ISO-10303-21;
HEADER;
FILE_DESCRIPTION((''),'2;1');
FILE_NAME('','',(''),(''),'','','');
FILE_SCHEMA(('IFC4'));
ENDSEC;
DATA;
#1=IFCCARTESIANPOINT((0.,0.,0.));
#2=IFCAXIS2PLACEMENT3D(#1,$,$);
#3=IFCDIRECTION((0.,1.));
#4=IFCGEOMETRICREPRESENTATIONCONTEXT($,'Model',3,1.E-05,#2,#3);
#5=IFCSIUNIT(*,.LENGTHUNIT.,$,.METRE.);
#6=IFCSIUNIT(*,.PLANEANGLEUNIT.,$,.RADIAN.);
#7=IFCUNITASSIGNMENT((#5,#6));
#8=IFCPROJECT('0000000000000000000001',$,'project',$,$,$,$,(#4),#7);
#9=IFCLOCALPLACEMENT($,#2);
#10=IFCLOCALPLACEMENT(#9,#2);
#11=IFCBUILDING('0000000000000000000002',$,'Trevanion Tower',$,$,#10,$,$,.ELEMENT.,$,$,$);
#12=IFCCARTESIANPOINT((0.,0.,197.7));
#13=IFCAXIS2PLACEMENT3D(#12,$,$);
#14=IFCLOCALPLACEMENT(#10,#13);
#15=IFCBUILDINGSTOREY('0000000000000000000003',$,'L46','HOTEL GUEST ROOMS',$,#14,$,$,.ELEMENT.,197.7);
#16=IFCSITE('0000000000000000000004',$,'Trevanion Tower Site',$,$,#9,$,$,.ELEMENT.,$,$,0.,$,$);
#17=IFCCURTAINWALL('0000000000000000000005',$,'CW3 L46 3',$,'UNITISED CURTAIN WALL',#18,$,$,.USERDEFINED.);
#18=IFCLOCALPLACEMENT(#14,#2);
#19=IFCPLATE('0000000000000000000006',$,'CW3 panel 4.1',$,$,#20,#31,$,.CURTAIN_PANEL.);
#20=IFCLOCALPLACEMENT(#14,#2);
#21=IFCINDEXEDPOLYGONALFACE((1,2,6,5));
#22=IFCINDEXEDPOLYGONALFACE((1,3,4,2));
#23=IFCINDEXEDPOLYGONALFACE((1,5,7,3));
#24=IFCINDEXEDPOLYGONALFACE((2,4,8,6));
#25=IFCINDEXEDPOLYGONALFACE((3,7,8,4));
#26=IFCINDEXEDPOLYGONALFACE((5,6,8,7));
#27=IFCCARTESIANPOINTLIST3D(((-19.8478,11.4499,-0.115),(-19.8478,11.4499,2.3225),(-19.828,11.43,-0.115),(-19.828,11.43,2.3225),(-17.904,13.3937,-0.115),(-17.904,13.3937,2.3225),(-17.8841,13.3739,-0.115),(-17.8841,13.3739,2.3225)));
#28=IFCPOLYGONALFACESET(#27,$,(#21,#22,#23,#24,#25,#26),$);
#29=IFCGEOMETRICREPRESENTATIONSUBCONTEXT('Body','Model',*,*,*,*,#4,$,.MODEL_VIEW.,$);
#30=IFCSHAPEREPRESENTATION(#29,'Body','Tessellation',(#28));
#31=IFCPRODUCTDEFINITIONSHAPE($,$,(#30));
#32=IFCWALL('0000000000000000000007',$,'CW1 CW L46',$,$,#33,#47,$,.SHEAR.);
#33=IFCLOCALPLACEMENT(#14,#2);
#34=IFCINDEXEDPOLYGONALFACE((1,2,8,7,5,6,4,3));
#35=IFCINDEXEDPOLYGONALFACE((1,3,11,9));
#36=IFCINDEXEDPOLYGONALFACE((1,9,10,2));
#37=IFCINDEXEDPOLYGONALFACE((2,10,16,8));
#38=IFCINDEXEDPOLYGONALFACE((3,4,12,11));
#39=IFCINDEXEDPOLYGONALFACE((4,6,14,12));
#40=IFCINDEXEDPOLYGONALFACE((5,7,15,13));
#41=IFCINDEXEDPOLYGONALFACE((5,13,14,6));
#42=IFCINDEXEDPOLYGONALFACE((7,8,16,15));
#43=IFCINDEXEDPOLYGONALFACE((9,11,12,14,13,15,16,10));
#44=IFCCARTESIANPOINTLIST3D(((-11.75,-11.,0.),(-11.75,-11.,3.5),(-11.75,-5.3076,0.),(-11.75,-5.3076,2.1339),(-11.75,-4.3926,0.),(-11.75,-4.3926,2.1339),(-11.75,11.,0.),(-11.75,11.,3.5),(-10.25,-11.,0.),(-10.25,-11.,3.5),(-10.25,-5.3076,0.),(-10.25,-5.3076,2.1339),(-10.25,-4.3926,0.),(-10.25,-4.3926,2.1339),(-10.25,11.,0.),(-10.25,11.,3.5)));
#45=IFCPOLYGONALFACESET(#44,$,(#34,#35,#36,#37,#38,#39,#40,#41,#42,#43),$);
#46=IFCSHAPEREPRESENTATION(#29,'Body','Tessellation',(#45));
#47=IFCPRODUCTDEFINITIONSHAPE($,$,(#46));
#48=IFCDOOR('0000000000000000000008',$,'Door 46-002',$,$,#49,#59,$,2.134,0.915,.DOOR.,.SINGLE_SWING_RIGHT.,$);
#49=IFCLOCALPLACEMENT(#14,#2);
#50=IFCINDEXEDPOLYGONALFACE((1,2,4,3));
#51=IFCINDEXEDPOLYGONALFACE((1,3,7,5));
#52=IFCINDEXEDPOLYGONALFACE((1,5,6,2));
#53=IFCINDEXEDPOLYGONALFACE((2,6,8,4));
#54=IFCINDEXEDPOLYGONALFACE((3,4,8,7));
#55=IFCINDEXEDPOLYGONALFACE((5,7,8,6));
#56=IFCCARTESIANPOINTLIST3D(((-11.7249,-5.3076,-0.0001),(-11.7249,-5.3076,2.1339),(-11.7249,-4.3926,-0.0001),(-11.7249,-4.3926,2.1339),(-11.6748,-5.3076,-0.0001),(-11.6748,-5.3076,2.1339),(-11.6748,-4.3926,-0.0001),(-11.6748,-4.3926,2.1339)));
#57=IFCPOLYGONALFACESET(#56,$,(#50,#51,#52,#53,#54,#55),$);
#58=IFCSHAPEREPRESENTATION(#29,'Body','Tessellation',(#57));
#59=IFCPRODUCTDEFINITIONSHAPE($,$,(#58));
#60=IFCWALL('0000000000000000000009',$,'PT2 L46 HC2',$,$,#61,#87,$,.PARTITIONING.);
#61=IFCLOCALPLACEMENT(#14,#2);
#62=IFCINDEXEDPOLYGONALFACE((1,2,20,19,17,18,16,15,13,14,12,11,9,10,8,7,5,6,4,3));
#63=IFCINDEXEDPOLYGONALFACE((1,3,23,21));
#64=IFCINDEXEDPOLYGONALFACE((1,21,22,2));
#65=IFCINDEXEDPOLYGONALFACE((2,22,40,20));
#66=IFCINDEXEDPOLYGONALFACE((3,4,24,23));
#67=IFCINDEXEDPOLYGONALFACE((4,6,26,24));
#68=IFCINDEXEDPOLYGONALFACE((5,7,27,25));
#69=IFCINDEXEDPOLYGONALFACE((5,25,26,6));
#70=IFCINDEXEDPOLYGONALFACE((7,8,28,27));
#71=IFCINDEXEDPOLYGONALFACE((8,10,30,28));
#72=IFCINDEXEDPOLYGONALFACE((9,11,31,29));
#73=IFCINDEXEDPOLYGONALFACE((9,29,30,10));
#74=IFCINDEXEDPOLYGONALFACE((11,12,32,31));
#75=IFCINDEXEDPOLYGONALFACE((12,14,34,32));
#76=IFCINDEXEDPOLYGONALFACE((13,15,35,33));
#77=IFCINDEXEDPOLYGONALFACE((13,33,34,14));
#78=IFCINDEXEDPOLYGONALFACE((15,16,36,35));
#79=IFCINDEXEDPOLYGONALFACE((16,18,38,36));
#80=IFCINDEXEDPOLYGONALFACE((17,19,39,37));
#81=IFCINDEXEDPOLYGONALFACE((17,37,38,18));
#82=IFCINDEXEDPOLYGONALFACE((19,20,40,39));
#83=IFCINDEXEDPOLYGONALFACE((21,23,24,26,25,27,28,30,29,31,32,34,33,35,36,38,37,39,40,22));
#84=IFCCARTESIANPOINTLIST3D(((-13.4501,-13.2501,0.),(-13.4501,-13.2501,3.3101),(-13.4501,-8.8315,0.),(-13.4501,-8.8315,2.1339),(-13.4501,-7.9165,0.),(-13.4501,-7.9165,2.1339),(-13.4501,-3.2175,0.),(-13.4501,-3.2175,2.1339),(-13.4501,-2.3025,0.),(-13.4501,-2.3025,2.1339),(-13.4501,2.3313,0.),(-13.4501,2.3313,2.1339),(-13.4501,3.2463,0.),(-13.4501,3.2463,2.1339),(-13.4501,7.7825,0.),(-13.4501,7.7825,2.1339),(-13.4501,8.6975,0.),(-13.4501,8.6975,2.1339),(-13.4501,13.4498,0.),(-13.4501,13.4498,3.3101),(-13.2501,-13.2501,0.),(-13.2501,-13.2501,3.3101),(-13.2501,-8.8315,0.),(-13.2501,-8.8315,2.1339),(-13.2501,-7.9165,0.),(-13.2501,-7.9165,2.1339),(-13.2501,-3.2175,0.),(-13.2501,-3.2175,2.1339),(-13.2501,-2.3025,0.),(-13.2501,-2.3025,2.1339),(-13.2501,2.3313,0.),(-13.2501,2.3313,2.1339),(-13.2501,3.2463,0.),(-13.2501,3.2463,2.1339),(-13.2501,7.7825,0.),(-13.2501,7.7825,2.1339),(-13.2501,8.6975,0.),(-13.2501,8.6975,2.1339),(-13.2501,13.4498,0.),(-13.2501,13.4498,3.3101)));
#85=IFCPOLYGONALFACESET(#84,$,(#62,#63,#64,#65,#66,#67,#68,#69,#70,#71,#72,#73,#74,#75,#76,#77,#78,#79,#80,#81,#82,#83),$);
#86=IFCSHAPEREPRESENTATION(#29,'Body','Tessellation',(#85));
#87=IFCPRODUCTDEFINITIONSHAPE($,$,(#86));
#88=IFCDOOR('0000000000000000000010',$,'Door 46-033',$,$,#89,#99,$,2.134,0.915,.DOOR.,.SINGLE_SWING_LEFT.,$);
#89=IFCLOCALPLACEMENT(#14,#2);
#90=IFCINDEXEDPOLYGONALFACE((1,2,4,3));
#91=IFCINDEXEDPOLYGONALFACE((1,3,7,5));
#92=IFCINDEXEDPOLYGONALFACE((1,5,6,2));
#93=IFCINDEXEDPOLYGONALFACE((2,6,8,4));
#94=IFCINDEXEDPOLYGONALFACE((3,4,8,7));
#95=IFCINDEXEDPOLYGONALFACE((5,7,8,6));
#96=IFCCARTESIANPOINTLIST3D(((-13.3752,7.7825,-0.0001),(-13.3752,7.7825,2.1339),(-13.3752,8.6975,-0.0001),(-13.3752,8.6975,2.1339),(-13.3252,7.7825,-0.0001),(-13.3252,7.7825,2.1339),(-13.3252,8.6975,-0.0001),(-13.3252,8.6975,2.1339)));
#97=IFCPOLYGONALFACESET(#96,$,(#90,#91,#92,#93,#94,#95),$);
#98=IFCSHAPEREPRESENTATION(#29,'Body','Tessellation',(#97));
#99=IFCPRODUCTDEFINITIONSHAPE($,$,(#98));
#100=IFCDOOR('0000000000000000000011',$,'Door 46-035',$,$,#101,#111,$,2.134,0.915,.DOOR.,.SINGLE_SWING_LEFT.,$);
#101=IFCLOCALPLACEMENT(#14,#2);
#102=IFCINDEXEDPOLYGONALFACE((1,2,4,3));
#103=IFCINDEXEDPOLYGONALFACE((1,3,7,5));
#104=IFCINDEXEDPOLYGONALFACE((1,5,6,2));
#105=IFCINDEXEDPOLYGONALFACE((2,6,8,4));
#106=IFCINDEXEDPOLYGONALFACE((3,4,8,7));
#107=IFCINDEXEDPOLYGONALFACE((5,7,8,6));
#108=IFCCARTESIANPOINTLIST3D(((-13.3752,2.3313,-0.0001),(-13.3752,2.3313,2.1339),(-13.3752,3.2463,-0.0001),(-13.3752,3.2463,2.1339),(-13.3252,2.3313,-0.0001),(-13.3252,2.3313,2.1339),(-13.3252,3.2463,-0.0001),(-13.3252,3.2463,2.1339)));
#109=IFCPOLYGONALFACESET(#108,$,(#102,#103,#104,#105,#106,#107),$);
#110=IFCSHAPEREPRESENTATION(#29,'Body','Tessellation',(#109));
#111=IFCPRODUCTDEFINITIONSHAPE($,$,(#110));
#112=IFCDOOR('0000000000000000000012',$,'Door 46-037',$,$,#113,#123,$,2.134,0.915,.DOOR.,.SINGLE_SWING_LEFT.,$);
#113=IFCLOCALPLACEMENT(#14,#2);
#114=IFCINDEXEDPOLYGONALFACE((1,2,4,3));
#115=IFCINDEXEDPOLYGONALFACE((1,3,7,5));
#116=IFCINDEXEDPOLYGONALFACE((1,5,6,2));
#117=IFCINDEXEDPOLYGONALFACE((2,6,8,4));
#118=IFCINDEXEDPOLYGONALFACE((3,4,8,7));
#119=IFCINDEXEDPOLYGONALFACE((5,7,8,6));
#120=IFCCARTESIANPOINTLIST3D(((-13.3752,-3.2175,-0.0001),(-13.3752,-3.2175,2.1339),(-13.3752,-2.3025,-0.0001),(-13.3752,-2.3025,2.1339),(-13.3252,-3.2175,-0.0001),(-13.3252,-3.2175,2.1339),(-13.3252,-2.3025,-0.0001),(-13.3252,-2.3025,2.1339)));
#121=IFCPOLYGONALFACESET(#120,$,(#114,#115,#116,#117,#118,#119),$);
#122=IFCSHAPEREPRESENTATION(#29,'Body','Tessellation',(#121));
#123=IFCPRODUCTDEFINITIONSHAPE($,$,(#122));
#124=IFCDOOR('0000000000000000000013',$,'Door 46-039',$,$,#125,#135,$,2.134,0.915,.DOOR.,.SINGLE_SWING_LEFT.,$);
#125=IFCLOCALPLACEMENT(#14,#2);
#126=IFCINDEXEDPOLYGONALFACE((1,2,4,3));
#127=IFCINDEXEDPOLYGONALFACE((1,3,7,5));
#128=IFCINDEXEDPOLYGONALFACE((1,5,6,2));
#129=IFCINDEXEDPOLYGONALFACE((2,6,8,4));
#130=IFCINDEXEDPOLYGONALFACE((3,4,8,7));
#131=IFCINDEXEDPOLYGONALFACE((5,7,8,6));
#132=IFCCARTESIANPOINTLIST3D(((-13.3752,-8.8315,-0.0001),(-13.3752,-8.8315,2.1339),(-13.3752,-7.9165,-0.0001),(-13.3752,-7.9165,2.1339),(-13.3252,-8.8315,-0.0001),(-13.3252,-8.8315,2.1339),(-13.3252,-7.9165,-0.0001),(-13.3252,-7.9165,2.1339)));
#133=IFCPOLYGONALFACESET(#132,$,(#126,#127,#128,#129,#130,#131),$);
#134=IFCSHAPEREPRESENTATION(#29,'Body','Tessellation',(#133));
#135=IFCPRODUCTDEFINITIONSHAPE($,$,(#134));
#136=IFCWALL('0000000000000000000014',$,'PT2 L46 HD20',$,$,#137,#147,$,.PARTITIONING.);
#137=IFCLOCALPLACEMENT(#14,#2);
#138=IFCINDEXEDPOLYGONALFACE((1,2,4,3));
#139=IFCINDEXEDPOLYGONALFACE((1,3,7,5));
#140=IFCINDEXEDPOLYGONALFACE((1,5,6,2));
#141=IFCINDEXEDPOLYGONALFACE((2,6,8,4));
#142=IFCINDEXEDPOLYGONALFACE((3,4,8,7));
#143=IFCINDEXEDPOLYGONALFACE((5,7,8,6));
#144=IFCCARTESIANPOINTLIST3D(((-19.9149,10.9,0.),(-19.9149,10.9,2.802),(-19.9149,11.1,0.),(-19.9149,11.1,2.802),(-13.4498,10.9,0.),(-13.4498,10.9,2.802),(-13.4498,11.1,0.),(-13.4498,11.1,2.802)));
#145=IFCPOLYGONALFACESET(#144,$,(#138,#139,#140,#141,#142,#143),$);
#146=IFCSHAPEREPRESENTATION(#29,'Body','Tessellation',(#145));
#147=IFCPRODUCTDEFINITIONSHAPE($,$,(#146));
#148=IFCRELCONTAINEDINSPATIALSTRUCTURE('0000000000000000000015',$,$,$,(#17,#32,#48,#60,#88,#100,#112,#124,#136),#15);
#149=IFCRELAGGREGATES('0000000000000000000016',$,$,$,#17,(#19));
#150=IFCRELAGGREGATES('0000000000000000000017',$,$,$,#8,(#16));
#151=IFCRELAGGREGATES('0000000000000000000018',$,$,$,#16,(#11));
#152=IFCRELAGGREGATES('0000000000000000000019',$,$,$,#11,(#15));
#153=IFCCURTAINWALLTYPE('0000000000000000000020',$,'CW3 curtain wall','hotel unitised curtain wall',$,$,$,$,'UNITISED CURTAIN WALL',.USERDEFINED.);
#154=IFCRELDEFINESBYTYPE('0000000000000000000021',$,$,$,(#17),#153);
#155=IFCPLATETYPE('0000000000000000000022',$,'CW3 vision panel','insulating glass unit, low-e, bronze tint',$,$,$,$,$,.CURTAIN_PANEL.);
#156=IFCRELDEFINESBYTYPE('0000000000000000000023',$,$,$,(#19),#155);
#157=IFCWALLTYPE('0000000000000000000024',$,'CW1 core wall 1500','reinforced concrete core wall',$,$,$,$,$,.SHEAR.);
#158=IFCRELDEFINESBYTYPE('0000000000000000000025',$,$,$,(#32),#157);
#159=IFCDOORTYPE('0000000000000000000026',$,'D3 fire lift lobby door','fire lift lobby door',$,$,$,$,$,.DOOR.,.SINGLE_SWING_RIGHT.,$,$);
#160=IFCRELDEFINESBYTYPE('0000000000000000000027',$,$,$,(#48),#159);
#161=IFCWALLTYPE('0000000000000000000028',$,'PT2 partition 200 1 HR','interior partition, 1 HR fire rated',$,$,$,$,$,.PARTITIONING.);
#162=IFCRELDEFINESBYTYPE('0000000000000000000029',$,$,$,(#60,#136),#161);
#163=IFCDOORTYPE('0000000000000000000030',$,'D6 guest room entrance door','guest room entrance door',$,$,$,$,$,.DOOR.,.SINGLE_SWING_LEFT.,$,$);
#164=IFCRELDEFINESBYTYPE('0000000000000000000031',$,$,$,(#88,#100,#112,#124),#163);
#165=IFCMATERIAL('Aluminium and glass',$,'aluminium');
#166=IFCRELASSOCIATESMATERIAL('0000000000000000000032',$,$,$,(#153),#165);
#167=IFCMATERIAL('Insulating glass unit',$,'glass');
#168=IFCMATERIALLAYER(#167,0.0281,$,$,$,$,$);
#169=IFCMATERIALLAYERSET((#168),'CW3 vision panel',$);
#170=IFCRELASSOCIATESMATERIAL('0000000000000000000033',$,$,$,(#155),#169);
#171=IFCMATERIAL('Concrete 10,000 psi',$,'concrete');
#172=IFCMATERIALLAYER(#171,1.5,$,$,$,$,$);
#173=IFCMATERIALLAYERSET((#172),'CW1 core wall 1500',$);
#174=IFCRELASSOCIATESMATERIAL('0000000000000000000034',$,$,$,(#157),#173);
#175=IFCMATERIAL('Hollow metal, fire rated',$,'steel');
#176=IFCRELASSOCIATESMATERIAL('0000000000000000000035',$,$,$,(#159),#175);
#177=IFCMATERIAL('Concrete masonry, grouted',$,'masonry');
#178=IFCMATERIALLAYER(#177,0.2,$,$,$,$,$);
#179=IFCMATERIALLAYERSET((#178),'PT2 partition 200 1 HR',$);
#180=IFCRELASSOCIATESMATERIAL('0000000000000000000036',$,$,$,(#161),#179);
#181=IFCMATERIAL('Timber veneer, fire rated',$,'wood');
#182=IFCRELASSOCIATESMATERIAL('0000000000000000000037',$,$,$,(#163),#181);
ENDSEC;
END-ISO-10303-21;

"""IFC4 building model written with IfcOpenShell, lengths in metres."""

from ifc_helpers import new_model, si_unit, direction, frame, frame_2d, origin, origin_2d, place, context, subcontext, project, spatial, rectangle, extrude, material, layer, layer_set, type_object, element, fill, aggregate, save


model = new_model("IFC4")

# Units and contexts
model_context = context("Model", 3, precision=1e-05, world=origin(), true_north=direction((0.0, 1.0)))
body_context = subcontext(model_context, "Body", "Model", "MODEL_VIEW")
ifc_project = project(units=[si_unit("LENGTHUNIT", "METRE"), si_unit("PLANEANGLEUNIT", "RADIAN")], contexts=[model_context])

# Site, building, storey
site_placement = place(None, origin())
site = spatial("IfcSite", under=ifc_project, at=site_placement, Name="Trevanion Tower Site", CompositionType="ELEMENT", RefElevation=0.0)
building_placement = place(site_placement, origin())
building = spatial("IfcBuilding", under=site, at=building_placement, Name="Trevanion Tower", CompositionType="ELEMENT")
storey_placement = place(building_placement, frame((0.0, 0.0, 197.7)))
storey = spatial("IfcBuildingStorey", under=building, at=storey_placement, Name="L46", Description="HOTEL GUEST ROOMS", CompositionType="ELEMENT", Elevation=197.7)

# Curtain wall
ifc_material_1 = material(Name="Aluminium and glass", Category="aluminium")
curtain_wall_type = type_object("IfcCurtainWallType", Name="CW3 curtain wall", Description="hotel unitised curtain wall", ElementType="UNITISED CURTAIN WALL", PredefinedType="USERDEFINED", material=ifc_material_1)
curtain_wall_placement = place(storey_placement, origin())
curtain_wall = element("IfcCurtainWall", 1, at=curtain_wall_placement, inside=storey, type_object=curtain_wall_type, Name="CW3 L46 3", ObjectType="UNITISED CURTAIN WALL", PredefinedType="USERDEFINED")

# Plate
ifc_material_2 = material(Name="Insulating glass unit", Category="glass")
ifc_layer_1 = layer(ifc_material_2, 0.0281)
ifc_layer_set_1 = layer_set([ifc_layer_1], Name="CW3 vision panel")
plate_type_1 = type_object("IfcPlateType", Name="CW3 vision panel", Description="insulating glass unit, low-e, bronze tint", PredefinedType="CURTAIN_PANEL", material=ifc_layer_set_1)
plate_1_placement = place(storey_placement, frame((-18.866, 12.4119, -0.115), z_axis=(0.0, 0.0, 1.0), x_axis=(-0.707107, -0.707107, 0.0)))
plate_1 = element("IfcPlate", 2, at=plate_1_placement, type_object=plate_type_1, Name="CW3 panel 4.1", PredefinedType="CURTAIN_PANEL", context=body_context, shape_type="SweptSolid", body=[
    extrude(rectangle(XDim=2.749, YDim=0.0281, at=origin_2d()), origin(), (0.0, 0.0, 1.0), 2.4375),
])
aggregate(curtain_wall, [plate_1])

# Wall, opening, door
ifc_material_3 = material(Name="Concrete 10,000 psi", Category="concrete")
ifc_layer_2 = layer(ifc_material_3, 1.5)
ifc_layer_set_2 = layer_set([ifc_layer_2], Name="CW1 core wall 1500")
wall_type_1 = type_object("IfcWallType", Name="CW1 core wall 1500", Description="reinforced concrete core wall", PredefinedType="SHEAR", material=ifc_layer_set_2)
wall_1_placement = place(storey_placement, frame((-11.0, 11.0, 0.0), z_axis=(0.0, 0.0, 1.0), x_axis=(0.0, -1.0, 0.0)))
wall_1 = element("IfcWall", 3, at=wall_1_placement, inside=storey, type_object=wall_type_1, Name="CW1 CW L46", PredefinedType="SHEAR", context=body_context, shape_type="SweptSolid", body=[
    extrude(rectangle(XDim=22.0, YDim=1.5, at=frame_2d((11.0, 0.0))), origin(), (0.0, 0.0, 1.0), 3.5),
])
opening_1_placement = place(wall_1_placement, frame((15.3926, 0.0, 0.0)))
opening_1 = element("IfcOpeningElement", 4, at=opening_1_placement, cuts=wall_1, PredefinedType="OPENING", context=body_context, shape_type="SweptSolid", body=[
    extrude(rectangle(XDim=0.915, YDim=2.134, at=frame_2d((0.4575, 1.0669))), frame((0.0, 0.76, 0.0), z_axis=(0.0, -1.0, 0.0), x_axis=(1.0, 0.0, 0.0)), (0.0, 0.0, 1.0), 1.52),
])
ifc_material_4 = material(Name="Hollow metal, fire rated", Category="steel")
door_type_1 = type_object("IfcDoorType", Name="D3 fire lift lobby door", Description="fire lift lobby door", OperationType="SINGLE_SWING_RIGHT", PredefinedType="DOOR", material=ifc_material_4)
door_1_placement = place(opening_1_placement, origin())
door_1 = element("IfcDoor", 5, at=door_1_placement, inside=storey, type_object=door_type_1, Name="Door 46-002", OperationType="SINGLE_SWING_RIGHT", OverallHeight=2.134, OverallWidth=0.915, PredefinedType="DOOR", context=body_context, shape_type="SweptSolid", body=[
    extrude(rectangle(XDim=0.915, YDim=2.134, at=frame_2d((0.4575, 1.0669))), frame((0.0, -0.6748, 0.0), z_axis=(0.0, -1.0, 0.0), x_axis=(1.0, 0.0, 0.0)), (0.0, 0.0, 1.0), 0.05),
])
fill(opening_1, door_1)

# Wall, openings, doors
ifc_material_5 = material(Name="Concrete masonry, grouted", Category="masonry")
ifc_layer_3 = layer(ifc_material_5, 0.2)
ifc_layer_set_3 = layer_set([ifc_layer_3], Name="PT2 partition 200 1 HR")
wall_type_2 = type_object("IfcWallType", Name="PT2 partition 200 1 HR", Description="interior partition, 1 HR fire rated", PredefinedType="PARTITIONING", material=ifc_layer_set_3)
wall_2_placement = place(storey_placement, frame((-13.3501, 13.45, 0.0), z_axis=(0.0, 0.0, 1.0), x_axis=(0.0, -1.0, 0.0)))
wall_2 = element("IfcWall", 6, at=wall_2_placement, inside=storey, type_object=wall_type_2, Name="PT2 L46 HC2", PredefinedType="PARTITIONING", context=body_context, shape_type="SweptSolid", body=[
    extrude(rectangle(XDim=26.7, YDim=0.2, at=frame_2d((13.3501, 0.0))), origin(), (0.0, 0.0, 1.0), 3.3101),
])
opening_2_placement = place(wall_2_placement, frame((4.7524, 0.0, 0.0)))
opening_2 = element("IfcOpeningElement", 7, at=opening_2_placement, cuts=wall_2, PredefinedType="OPENING", context=body_context, shape_type="SweptSolid", body=[
    extrude(rectangle(XDim=0.915, YDim=2.134, at=frame_2d((0.4575, 1.0669))), frame((0.0, 0.1099, 0.0), z_axis=(0.0, -1.0, 0.0), x_axis=(1.0, 0.0, 0.0)), (0.0, 0.0, 1.0), 0.22),
])
opening_3_placement = place(wall_2_placement, frame((10.2036, 0.0, 0.0)))
opening_3 = element("IfcOpeningElement", 8, at=opening_3_placement, cuts=wall_2, PredefinedType="OPENING", context=body_context, shape_type="SweptSolid", body=[
    extrude(rectangle(XDim=0.915, YDim=2.134, at=frame_2d((0.4575, 1.0669))), frame((0.0, 0.1099, 0.0), z_axis=(0.0, -1.0, 0.0), x_axis=(1.0, 0.0, 0.0)), (0.0, 0.0, 1.0), 0.22),
])
opening_4_placement = place(wall_2_placement, frame((15.7524, 0.0, 0.0)))
opening_4 = element("IfcOpeningElement", 9, at=opening_4_placement, cuts=wall_2, PredefinedType="OPENING", context=body_context, shape_type="SweptSolid", body=[
    extrude(rectangle(XDim=0.915, YDim=2.134, at=frame_2d((0.4575, 1.0669))), frame((0.0, 0.1099, 0.0), z_axis=(0.0, -1.0, 0.0), x_axis=(1.0, 0.0, 0.0)), (0.0, 0.0, 1.0), 0.22),
])
opening_5_placement = place(wall_2_placement, frame((21.3665, 0.0, 0.0)))
opening_5 = element("IfcOpeningElement", 10, at=opening_5_placement, cuts=wall_2, PredefinedType="OPENING", context=body_context, shape_type="SweptSolid", body=[
    extrude(rectangle(XDim=0.915, YDim=2.134, at=frame_2d((0.4575, 1.0669))), frame((0.0, 0.1099, 0.0), z_axis=(0.0, -1.0, 0.0), x_axis=(1.0, 0.0, 0.0)), (0.0, 0.0, 1.0), 0.22),
])
ifc_material_6 = material(Name="Timber veneer, fire rated", Category="wood")
door_type_2 = type_object("IfcDoorType", Name="D6 guest room entrance door", Description="guest room entrance door", OperationType="SINGLE_SWING_LEFT", PredefinedType="DOOR", material=ifc_material_6)
door_2_placement = place(opening_2_placement, origin())
door_2 = element("IfcDoor", 11, at=door_2_placement, inside=storey, type_object=door_type_2, Name="Door 46-033", OperationType="SINGLE_SWING_LEFT", OverallHeight=2.134, OverallWidth=0.915, PredefinedType="DOOR", context=body_context, shape_type="SweptSolid", body=[
    extrude(rectangle(XDim=0.915, YDim=2.134, at=frame_2d((0.4575, 1.0669))), frame((0.0, 0.0249, 0.0), z_axis=(0.0, -1.0, 0.0), x_axis=(1.0, 0.0, 0.0)), (0.0, 0.0, 1.0), 0.05),
])
fill(opening_2, door_2)
door_3_placement = place(opening_3_placement, origin())
door_3 = element("IfcDoor", 12, at=door_3_placement, inside=storey, type_object=door_type_2, Name="Door 46-035", OperationType="SINGLE_SWING_LEFT", OverallHeight=2.134, OverallWidth=0.915, PredefinedType="DOOR", context=body_context, shape_type="SweptSolid", body=[
    extrude(rectangle(XDim=0.915, YDim=2.134, at=frame_2d((0.4575, 1.0669))), frame((0.0, 0.0249, 0.0), z_axis=(0.0, -1.0, 0.0), x_axis=(1.0, 0.0, 0.0)), (0.0, 0.0, 1.0), 0.05),
])
fill(opening_3, door_3)
door_4_placement = place(opening_4_placement, origin())
door_4 = element("IfcDoor", 13, at=door_4_placement, inside=storey, type_object=door_type_2, Name="Door 46-037", OperationType="SINGLE_SWING_LEFT", OverallHeight=2.134, OverallWidth=0.915, PredefinedType="DOOR", context=body_context, shape_type="SweptSolid", body=[
    extrude(rectangle(XDim=0.915, YDim=2.134, at=frame_2d((0.4575, 1.0669))), frame((0.0, 0.0249, 0.0), z_axis=(0.0, -1.0, 0.0), x_axis=(1.0, 0.0, 0.0)), (0.0, 0.0, 1.0), 0.05),
])
fill(opening_4, door_4)
door_5_placement = place(opening_5_placement, origin())
door_5 = element("IfcDoor", 14, at=door_5_placement, inside=storey, type_object=door_type_2, Name="Door 46-039", OperationType="SINGLE_SWING_LEFT", OverallHeight=2.134, OverallWidth=0.915, PredefinedType="DOOR", context=body_context, shape_type="SweptSolid", body=[
    extrude(rectangle(XDim=0.915, YDim=2.134, at=frame_2d((0.4575, 1.0669))), frame((0.0, 0.0249, 0.0), z_axis=(0.0, -1.0, 0.0), x_axis=(1.0, 0.0, 0.0)), (0.0, 0.0, 1.0), 0.05),
])
fill(opening_5, door_5)

# Wall
wall_3_placement = place(storey_placement, frame((-13.45, 11.0, 0.0), z_axis=(0.0, 0.0, 1.0), x_axis=(-1.0, 0.0, 0.0)))
element("IfcWall", 15, at=wall_3_placement, inside=storey, type_object=wall_type_2, Name="PT2 L46 HD20", PredefinedType="PARTITIONING", context=body_context, shape_type="SweptSolid", body=[
    extrude(rectangle(XDim=6.4651, YDim=0.2, at=frame_2d((3.2324, 0.0))), origin(), (0.0, 0.0, 1.0), 2.802),
])

save(model, "model.ifc")
